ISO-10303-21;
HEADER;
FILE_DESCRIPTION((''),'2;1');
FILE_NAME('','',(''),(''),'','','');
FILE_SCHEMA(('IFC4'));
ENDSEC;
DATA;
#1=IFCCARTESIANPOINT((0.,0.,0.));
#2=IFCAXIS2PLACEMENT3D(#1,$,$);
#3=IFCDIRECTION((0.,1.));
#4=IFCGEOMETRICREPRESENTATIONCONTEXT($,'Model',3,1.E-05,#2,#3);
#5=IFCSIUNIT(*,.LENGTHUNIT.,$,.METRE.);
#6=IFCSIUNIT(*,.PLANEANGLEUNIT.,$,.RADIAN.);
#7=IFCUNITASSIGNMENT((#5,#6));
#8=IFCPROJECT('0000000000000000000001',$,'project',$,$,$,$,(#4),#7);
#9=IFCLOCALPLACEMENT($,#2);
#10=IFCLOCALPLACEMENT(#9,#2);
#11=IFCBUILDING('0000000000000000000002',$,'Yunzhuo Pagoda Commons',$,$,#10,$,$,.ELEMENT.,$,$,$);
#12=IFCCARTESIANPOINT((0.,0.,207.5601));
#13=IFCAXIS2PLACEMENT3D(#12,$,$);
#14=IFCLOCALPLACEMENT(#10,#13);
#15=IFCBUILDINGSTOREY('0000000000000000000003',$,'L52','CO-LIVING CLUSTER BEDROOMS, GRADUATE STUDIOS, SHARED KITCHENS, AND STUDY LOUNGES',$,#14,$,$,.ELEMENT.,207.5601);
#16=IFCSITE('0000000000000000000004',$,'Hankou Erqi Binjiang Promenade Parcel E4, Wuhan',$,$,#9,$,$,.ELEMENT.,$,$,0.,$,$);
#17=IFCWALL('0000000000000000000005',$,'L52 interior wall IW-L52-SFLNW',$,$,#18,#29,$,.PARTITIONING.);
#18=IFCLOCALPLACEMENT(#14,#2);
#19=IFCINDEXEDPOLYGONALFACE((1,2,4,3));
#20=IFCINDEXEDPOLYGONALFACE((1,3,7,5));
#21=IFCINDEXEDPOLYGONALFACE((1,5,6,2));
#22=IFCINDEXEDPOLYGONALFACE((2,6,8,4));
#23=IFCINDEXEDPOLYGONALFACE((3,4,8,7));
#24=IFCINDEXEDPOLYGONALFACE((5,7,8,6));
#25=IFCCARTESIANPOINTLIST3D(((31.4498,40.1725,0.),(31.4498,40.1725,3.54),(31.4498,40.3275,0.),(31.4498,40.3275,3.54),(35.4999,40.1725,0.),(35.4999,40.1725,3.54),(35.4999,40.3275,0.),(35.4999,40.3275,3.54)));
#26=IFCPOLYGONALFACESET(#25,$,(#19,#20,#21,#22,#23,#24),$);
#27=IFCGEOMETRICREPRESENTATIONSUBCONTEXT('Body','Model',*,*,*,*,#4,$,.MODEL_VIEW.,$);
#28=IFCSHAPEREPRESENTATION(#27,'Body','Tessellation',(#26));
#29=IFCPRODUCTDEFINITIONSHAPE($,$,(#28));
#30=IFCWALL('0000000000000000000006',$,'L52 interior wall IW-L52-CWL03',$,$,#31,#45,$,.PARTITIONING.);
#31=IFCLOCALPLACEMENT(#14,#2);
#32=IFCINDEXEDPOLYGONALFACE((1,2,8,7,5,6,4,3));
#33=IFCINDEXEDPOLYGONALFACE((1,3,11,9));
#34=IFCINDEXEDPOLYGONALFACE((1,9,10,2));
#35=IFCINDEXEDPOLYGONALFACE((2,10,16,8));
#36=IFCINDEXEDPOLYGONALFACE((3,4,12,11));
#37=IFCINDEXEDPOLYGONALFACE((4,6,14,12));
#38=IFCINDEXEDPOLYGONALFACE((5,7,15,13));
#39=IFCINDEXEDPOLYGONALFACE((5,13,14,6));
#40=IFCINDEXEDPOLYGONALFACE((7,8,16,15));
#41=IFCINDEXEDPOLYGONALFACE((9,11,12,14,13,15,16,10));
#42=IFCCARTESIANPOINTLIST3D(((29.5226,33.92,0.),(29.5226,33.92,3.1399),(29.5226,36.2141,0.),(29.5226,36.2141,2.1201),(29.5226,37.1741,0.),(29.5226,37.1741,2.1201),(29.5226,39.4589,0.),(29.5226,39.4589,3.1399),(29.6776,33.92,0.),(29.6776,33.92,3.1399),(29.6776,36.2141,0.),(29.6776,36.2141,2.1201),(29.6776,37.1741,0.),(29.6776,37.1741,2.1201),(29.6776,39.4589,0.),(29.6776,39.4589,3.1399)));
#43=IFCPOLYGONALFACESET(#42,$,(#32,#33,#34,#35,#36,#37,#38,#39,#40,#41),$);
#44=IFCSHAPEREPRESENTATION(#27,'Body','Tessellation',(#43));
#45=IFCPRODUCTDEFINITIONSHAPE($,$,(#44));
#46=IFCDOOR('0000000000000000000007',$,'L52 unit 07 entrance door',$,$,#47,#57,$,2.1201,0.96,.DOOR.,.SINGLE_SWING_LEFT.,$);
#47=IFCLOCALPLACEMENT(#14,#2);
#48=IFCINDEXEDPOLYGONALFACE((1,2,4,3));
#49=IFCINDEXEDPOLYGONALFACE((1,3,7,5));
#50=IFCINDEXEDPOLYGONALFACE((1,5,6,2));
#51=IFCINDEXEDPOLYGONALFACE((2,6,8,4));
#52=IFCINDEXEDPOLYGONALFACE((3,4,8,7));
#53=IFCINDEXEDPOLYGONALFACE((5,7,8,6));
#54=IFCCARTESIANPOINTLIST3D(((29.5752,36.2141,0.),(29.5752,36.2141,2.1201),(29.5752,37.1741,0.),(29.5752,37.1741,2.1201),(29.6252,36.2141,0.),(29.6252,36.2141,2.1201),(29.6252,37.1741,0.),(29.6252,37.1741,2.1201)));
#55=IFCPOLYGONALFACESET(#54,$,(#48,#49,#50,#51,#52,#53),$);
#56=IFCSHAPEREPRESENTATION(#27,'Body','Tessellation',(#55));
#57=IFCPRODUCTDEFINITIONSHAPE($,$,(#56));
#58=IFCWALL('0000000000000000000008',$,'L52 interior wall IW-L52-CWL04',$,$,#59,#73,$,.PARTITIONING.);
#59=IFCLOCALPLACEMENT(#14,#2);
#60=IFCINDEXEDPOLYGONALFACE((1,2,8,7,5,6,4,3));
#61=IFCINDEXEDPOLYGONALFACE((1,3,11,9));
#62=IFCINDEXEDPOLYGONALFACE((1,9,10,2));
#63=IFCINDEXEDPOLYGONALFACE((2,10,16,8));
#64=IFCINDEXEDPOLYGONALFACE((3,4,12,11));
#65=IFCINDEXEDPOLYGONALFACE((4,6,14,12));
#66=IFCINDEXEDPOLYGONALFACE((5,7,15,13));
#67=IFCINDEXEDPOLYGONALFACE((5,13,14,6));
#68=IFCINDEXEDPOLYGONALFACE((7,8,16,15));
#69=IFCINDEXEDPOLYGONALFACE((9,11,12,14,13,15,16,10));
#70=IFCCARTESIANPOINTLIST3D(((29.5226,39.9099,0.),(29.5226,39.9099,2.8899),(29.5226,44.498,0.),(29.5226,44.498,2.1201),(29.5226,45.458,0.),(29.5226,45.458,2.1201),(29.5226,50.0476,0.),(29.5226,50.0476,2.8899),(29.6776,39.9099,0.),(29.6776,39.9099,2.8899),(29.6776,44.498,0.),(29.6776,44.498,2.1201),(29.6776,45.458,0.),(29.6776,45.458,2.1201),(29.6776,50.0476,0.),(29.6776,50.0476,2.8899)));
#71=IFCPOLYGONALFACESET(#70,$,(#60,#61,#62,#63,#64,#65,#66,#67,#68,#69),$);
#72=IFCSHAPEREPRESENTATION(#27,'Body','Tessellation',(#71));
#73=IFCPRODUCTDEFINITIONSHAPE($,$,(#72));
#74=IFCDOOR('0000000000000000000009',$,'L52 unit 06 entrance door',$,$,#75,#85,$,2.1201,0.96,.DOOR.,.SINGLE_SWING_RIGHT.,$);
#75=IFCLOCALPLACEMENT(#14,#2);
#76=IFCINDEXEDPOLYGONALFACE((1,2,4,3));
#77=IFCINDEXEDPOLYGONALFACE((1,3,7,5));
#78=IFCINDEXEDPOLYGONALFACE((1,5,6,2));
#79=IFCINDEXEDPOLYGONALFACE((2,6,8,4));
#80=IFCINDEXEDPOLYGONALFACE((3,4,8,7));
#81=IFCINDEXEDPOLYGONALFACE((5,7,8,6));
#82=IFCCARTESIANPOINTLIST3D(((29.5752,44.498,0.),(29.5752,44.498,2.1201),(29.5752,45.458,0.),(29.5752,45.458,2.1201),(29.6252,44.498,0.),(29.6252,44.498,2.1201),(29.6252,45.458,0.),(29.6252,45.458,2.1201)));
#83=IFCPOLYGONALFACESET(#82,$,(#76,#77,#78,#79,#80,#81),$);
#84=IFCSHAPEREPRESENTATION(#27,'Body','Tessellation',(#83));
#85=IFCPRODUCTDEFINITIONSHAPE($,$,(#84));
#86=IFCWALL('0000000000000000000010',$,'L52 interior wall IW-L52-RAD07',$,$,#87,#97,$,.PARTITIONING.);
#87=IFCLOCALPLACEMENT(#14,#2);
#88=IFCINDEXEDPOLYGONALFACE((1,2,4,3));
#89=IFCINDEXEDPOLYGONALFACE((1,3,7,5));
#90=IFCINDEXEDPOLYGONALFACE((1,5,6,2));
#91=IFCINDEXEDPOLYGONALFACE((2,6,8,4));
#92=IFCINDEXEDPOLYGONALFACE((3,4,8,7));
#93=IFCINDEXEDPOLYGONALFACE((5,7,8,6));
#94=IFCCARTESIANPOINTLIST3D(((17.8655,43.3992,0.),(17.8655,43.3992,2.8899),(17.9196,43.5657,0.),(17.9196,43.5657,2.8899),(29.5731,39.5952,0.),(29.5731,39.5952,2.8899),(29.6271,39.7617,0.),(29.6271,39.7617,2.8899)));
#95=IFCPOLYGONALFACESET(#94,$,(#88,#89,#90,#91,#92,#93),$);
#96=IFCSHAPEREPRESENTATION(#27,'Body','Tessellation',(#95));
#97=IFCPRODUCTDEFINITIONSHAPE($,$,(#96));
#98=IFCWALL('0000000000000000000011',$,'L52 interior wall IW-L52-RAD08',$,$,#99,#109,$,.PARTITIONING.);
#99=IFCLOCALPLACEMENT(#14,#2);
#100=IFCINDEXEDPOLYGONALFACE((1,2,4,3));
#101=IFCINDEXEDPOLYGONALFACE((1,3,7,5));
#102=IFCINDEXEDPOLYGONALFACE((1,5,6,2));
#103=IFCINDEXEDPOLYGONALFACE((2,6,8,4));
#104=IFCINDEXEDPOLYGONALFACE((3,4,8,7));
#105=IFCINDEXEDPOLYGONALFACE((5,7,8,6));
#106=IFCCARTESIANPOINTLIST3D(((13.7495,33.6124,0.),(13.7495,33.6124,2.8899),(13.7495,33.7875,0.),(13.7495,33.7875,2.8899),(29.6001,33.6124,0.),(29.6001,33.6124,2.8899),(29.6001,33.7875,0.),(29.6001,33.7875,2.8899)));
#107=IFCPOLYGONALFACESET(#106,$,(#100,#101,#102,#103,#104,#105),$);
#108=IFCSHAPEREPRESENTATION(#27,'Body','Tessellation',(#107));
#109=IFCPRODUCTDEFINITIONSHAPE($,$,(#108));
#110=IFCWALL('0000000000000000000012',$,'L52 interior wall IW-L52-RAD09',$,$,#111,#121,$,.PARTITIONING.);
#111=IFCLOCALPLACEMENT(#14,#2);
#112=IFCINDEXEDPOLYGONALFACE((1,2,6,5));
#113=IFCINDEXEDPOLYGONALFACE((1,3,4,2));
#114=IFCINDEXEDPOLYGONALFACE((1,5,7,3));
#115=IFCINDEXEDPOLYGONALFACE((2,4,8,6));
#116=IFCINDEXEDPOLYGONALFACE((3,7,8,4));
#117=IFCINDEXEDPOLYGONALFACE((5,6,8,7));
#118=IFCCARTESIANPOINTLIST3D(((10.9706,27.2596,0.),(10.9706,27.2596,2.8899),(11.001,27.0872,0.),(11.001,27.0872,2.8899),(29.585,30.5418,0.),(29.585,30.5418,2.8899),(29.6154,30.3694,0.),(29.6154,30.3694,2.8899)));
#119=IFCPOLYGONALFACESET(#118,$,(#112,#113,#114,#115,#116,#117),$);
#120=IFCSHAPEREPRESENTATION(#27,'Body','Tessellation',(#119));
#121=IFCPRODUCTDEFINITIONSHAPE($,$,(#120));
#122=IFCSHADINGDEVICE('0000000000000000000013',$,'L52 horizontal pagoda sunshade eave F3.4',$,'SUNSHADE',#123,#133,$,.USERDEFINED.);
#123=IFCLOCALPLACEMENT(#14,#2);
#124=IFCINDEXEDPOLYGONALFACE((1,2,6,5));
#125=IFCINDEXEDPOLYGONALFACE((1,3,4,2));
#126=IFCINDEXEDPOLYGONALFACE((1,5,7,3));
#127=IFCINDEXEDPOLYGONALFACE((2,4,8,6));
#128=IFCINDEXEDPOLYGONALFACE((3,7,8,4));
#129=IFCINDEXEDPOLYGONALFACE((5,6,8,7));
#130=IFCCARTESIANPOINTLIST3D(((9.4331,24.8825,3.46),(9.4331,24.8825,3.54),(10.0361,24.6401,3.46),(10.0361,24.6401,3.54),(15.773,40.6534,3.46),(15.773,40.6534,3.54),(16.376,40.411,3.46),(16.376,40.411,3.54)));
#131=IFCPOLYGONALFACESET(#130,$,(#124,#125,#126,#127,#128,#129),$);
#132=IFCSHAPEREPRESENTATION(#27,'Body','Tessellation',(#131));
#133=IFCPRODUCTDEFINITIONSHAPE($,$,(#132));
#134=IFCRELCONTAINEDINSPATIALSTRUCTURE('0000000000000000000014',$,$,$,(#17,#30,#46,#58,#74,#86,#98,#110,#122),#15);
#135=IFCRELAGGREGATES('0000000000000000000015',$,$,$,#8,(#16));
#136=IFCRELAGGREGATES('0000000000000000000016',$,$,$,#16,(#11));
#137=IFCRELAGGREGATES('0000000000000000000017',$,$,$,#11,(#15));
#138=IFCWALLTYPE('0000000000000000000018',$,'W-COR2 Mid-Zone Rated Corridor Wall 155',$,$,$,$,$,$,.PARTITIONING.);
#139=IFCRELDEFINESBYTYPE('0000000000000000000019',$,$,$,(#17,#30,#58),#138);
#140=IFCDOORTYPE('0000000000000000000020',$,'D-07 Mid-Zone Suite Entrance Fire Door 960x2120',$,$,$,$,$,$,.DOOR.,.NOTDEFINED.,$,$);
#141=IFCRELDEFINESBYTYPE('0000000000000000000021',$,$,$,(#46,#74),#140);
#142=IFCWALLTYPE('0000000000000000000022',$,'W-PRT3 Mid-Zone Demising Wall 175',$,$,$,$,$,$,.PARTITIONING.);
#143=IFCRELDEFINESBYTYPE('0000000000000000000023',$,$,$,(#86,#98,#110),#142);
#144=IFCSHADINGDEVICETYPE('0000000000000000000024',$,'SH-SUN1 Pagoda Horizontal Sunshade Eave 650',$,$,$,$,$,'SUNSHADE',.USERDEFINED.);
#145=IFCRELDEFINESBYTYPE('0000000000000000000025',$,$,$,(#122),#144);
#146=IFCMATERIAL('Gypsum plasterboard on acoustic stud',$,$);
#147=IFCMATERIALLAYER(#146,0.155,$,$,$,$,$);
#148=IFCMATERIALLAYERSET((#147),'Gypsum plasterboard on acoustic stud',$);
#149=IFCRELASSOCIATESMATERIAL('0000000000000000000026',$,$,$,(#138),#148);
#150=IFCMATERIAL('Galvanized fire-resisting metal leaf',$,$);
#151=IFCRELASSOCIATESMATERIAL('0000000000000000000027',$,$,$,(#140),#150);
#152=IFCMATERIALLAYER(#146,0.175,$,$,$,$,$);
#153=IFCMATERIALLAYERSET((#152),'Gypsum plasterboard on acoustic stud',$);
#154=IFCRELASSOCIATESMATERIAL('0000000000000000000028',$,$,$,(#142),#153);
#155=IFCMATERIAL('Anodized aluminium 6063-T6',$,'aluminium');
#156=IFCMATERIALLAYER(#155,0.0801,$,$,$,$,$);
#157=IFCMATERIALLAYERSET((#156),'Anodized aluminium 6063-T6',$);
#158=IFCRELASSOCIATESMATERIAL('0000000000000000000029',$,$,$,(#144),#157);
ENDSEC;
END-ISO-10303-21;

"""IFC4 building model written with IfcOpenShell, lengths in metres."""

from ifc_helpers import new_model, si_unit, direction, frame, frame_2d, origin, origin_with_axes, origin_2d, place, context, subcontext, project, spatial, rectangle, extrude, source, transform, mapped, material, layer, layer_set, type_object, element, fill, save


model = new_model("IFC4")

# Units and contexts
model_context = context("Model", 3, precision=1e-05, world=origin(), true_north=direction((0.0, 1.0)))
body_context = subcontext(model_context, "Body", "Model", "MODEL_VIEW")
ifc_project = project(units=[si_unit("LENGTHUNIT", "METRE"), si_unit("PLANEANGLEUNIT", "RADIAN")], contexts=[model_context])

# Site, building, storey
site_placement = place(None, origin())
site = spatial("IfcSite", under=ifc_project, at=site_placement, Name="Hankou Erqi Binjiang Promenade Parcel E4, Wuhan", CompositionType="ELEMENT", RefElevation=0.0)
building_placement = place(site_placement, origin())
building = spatial("IfcBuilding", under=site, at=building_placement, Name="Yunzhuo Pagoda Commons", CompositionType="ELEMENT")
storey_placement = place(building_placement, frame((0.0, 0.0, 207.5601)))
storey = spatial("IfcBuildingStorey", under=building, at=storey_placement, Name="L52", Description="CO-LIVING CLUSTER BEDROOMS, GRADUATE STUDIOS, SHARED KITCHENS, AND STUDY LOUNGES", CompositionType="ELEMENT", Elevation=207.5601)

# Shared definitions
ifc_material_1 = material(Name="Anodized aluminium 6063-T6", Category="aluminium")

# Wall
ifc_material_2 = material(Name="Gypsum plasterboard on acoustic stud")
ifc_layer_1 = layer(ifc_material_2, 0.155)
ifc_layer_set_1 = layer_set([ifc_layer_1], Name="Gypsum plasterboard on acoustic stud")
wall_type_1 = type_object("IfcWallType", Name="W-COR2 Mid-Zone Rated Corridor Wall 155", PredefinedType="PARTITIONING", material=ifc_layer_set_1)
wall_1_placement = place(storey_placement, frame((31.45, 40.25, 0.0), z_axis=(0.0, 0.0, 1.0), x_axis=(1.0, 0.0, 0.0)))
element("IfcWall", 1, at=wall_1_placement, inside=storey, type_object=wall_type_1, Name="L52 interior wall IW-L52-SFLNW", PredefinedType="PARTITIONING", context=body_context, shape_type="SweptSolid", body=[
    extrude(rectangle(XDim=4.05, YDim=0.155, at=frame_2d((2.0249, 0.0))), origin(), (0.0, 0.0, 1.0), 3.54),
])

# Walls, openings, doors
ifc_material_3 = material(Name="Galvanized fire-resisting metal leaf")
door_type = type_object("IfcDoorType", Name="D-07 Mid-Zone Suite Entrance Fire Door 960x2120", OperationType="NOTDEFINED", PredefinedType="DOOR", material=ifc_material_3)
shared_shape_1 = source(origin(), body_context, "Body", "SweptSolid", [
    extrude(rectangle(XDim=0.96, YDim=2.1201, at=frame_2d((0.48, 1.0601))), frame((0.0, 0.0249, 0.0), z_axis=(0.0, -1.0, 0.0), x_axis=(1.0, 0.0, 0.0)), (0.0, 0.0, 1.0), 0.05),
])
wall_2_placement = place(storey_placement, frame((29.6001, 33.9199, 0.0), z_axis=(0.0, 0.0, 1.0), x_axis=(0.0, 1.0, 0.0)))
wall_2 = element("IfcWall", 2, at=wall_2_placement, inside=storey, type_object=wall_type_1, Name="L52 interior wall IW-L52-CWL03", PredefinedType="PARTITIONING", context=body_context, shape_type="SweptSolid", body=[
    extrude(rectangle(XDim=5.5388, YDim=0.155, at=frame_2d((2.7695, 0.0))), origin(), (0.0, 0.0, 1.0), 3.1399),
])
opening_1_placement = place(wall_2_placement, frame((2.2942, 0.0, 0.0)))
opening_1 = element("IfcOpeningElement", 3, at=opening_1_placement, cuts=wall_2, PredefinedType="OPENING", context=body_context, shape_type="SweptSolid", body=[
    extrude(rectangle(XDim=0.96, YDim=2.1201, at=frame_2d((0.48, 1.0601))), frame((0.0, 0.0874, 0.0), z_axis=(0.0, -1.0, 0.0), x_axis=(1.0, 0.0, 0.0)), (0.0, 0.0, 1.0), 0.175),
])
door_1_placement = place(opening_1_placement, origin_with_axes())
door_1 = element("IfcDoor", 4, at=door_1_placement, inside=storey, type_object=door_type, Name="L52 unit 07 entrance door", OperationType="SINGLE_SWING_LEFT", OverallHeight=2.1201, OverallWidth=0.96, PredefinedType="DOOR", context=body_context, shape_type="MappedRepresentation", body=[
    mapped(shared_shape_1, transform((0.0, 0.0, 0.0), scale=1.0)),
])
fill(opening_1, door_1)
wall_3_placement = place(storey_placement, frame((29.6001, 39.9099, 0.0), z_axis=(0.0, 0.0, 1.0), x_axis=(0.0, 1.0, 0.0)))
wall_3 = element("IfcWall", 5, at=wall_3_placement, inside=storey, type_object=wall_type_1, Name="L52 interior wall IW-L52-CWL04", PredefinedType="PARTITIONING", context=body_context, shape_type="SweptSolid", body=[
    extrude(rectangle(XDim=10.1377, YDim=0.155, at=frame_2d((5.0688, 0.0))), origin(), (0.0, 0.0, 1.0), 2.8899),
])
opening_2_placement = place(wall_3_placement, frame((4.5881, 0.0, 0.0)))
opening_2 = element("IfcOpeningElement", 6, at=opening_2_placement, cuts=wall_3, PredefinedType="OPENING", context=body_context, shape_type="SweptSolid", body=[
    extrude(rectangle(XDim=0.96, YDim=2.1201, at=frame_2d((0.48, 1.0601))), frame((0.0, 0.0874, 0.0), z_axis=(0.0, -1.0, 0.0), x_axis=(1.0, 0.0, 0.0)), (0.0, 0.0, 1.0), 0.175),
])
door_2_placement = place(opening_2_placement, origin_with_axes())
door_2 = element("IfcDoor", 7, at=door_2_placement, inside=storey, type_object=door_type, Name="L52 unit 06 entrance door", OperationType="SINGLE_SWING_RIGHT", OverallHeight=2.1201, OverallWidth=0.96, PredefinedType="DOOR", context=body_context, shape_type="MappedRepresentation", body=[
    mapped(shared_shape_1, transform((0.0, 0.0, 0.0), scale=1.0)),
])
fill(opening_2, door_2)

# Walls
ifc_layer_2 = layer(ifc_material_2, 0.175)
ifc_layer_set_2 = layer_set([ifc_layer_2], Name="Gypsum plasterboard on acoustic stud")
wall_type_2 = type_object("IfcWallType", Name="W-PRT3 Mid-Zone Demising Wall 175", PredefinedType="PARTITIONING", material=ifc_layer_set_2)
wall_4_placement = place(storey_placement, frame((29.6001, 39.6785, 0.0), z_axis=(0.0, 0.0, 1.0), x_axis=(-0.951058, 0.309013, 0.0)))
element("IfcWall", 8, at=wall_4_placement, inside=storey, type_object=wall_type_2, Name="L52 interior wall IW-L52-RAD07", PredefinedType="PARTITIONING", context=body_context, shape_type="SweptSolid", body=[
    extrude(rectangle(XDim=12.3101, YDim=0.175, at=frame_2d((6.155, 0.0))), origin(), (0.0, 0.0, 1.0), 2.8899),
])
wall_5_placement = place(storey_placement, frame((29.6001, 33.7, 0.0), z_axis=(0.0, 0.0, 1.0), x_axis=(-1.0, 0.0, 0.0)))
element("IfcWall", 9, at=wall_5_placement, inside=storey, type_object=wall_type_2, Name="L52 interior wall IW-L52-RAD08", PredefinedType="PARTITIONING", context=body_context, shape_type="SweptSolid", body=[
    extrude(rectangle(XDim=15.8506, YDim=0.175, at=frame_2d((7.9253, 0.0))), origin(), (0.0, 0.0, 1.0), 2.8899),
])
wall_6_placement = place(storey_placement, frame((29.6001, 30.4556, 0.0), z_axis=(0.0, 0.0, 1.0), x_axis=(-0.984808, -0.173648, 0.0)))
element("IfcWall", 10, at=wall_6_placement, inside=storey, type_object=wall_type_2, Name="L52 interior wall IW-L52-RAD09", PredefinedType="PARTITIONING", context=body_context, shape_type="SweptSolid", body=[
    extrude(rectangle(XDim=18.9016, YDim=0.175, at=frame_2d((9.4507, 0.0))), origin(), (0.0, 0.0, 1.0), 2.8899),
])

# Shading device
ifc_layer_3 = layer(ifc_material_1, 0.0801)
ifc_layer_set_3 = layer_set([ifc_layer_3], Name="Anodized aluminium 6063-T6")
shading_device_type = type_object("IfcShadingDeviceType", Name="SH-SUN1 Pagoda Horizontal Sunshade Eave 650", ElementType="SUNSHADE", PredefinedType="USERDEFINED", material=ifc_layer_set_3)
shared_shape_2 = source(origin(), body_context, "Body", "SweptSolid", [
    extrude(rectangle(XDim=16.9976, YDim=0.6499, at=origin_2d()), origin(), (0.0, 0.0, 1.0), 0.0801),
])
shading_device_placement = place(storey_placement, frame((12.9045, 32.6467, 3.46), z_axis=(0.0, 0.0, 1.0), x_axis=(-0.372988, -0.927836, 0.0)))
element("IfcShadingDevice", 11, at=shading_device_placement, inside=storey, type_object=shading_device_type, Name="L52 horizontal pagoda sunshade eave F3.4", ObjectType="SUNSHADE", PredefinedType="USERDEFINED", context=body_context, shape_type="MappedRepresentation", body=[
    mapped(shared_shape_2, transform((0.0, 0.0, 0.0), scale=1.0)),
])

save(model, "model.ifc")
